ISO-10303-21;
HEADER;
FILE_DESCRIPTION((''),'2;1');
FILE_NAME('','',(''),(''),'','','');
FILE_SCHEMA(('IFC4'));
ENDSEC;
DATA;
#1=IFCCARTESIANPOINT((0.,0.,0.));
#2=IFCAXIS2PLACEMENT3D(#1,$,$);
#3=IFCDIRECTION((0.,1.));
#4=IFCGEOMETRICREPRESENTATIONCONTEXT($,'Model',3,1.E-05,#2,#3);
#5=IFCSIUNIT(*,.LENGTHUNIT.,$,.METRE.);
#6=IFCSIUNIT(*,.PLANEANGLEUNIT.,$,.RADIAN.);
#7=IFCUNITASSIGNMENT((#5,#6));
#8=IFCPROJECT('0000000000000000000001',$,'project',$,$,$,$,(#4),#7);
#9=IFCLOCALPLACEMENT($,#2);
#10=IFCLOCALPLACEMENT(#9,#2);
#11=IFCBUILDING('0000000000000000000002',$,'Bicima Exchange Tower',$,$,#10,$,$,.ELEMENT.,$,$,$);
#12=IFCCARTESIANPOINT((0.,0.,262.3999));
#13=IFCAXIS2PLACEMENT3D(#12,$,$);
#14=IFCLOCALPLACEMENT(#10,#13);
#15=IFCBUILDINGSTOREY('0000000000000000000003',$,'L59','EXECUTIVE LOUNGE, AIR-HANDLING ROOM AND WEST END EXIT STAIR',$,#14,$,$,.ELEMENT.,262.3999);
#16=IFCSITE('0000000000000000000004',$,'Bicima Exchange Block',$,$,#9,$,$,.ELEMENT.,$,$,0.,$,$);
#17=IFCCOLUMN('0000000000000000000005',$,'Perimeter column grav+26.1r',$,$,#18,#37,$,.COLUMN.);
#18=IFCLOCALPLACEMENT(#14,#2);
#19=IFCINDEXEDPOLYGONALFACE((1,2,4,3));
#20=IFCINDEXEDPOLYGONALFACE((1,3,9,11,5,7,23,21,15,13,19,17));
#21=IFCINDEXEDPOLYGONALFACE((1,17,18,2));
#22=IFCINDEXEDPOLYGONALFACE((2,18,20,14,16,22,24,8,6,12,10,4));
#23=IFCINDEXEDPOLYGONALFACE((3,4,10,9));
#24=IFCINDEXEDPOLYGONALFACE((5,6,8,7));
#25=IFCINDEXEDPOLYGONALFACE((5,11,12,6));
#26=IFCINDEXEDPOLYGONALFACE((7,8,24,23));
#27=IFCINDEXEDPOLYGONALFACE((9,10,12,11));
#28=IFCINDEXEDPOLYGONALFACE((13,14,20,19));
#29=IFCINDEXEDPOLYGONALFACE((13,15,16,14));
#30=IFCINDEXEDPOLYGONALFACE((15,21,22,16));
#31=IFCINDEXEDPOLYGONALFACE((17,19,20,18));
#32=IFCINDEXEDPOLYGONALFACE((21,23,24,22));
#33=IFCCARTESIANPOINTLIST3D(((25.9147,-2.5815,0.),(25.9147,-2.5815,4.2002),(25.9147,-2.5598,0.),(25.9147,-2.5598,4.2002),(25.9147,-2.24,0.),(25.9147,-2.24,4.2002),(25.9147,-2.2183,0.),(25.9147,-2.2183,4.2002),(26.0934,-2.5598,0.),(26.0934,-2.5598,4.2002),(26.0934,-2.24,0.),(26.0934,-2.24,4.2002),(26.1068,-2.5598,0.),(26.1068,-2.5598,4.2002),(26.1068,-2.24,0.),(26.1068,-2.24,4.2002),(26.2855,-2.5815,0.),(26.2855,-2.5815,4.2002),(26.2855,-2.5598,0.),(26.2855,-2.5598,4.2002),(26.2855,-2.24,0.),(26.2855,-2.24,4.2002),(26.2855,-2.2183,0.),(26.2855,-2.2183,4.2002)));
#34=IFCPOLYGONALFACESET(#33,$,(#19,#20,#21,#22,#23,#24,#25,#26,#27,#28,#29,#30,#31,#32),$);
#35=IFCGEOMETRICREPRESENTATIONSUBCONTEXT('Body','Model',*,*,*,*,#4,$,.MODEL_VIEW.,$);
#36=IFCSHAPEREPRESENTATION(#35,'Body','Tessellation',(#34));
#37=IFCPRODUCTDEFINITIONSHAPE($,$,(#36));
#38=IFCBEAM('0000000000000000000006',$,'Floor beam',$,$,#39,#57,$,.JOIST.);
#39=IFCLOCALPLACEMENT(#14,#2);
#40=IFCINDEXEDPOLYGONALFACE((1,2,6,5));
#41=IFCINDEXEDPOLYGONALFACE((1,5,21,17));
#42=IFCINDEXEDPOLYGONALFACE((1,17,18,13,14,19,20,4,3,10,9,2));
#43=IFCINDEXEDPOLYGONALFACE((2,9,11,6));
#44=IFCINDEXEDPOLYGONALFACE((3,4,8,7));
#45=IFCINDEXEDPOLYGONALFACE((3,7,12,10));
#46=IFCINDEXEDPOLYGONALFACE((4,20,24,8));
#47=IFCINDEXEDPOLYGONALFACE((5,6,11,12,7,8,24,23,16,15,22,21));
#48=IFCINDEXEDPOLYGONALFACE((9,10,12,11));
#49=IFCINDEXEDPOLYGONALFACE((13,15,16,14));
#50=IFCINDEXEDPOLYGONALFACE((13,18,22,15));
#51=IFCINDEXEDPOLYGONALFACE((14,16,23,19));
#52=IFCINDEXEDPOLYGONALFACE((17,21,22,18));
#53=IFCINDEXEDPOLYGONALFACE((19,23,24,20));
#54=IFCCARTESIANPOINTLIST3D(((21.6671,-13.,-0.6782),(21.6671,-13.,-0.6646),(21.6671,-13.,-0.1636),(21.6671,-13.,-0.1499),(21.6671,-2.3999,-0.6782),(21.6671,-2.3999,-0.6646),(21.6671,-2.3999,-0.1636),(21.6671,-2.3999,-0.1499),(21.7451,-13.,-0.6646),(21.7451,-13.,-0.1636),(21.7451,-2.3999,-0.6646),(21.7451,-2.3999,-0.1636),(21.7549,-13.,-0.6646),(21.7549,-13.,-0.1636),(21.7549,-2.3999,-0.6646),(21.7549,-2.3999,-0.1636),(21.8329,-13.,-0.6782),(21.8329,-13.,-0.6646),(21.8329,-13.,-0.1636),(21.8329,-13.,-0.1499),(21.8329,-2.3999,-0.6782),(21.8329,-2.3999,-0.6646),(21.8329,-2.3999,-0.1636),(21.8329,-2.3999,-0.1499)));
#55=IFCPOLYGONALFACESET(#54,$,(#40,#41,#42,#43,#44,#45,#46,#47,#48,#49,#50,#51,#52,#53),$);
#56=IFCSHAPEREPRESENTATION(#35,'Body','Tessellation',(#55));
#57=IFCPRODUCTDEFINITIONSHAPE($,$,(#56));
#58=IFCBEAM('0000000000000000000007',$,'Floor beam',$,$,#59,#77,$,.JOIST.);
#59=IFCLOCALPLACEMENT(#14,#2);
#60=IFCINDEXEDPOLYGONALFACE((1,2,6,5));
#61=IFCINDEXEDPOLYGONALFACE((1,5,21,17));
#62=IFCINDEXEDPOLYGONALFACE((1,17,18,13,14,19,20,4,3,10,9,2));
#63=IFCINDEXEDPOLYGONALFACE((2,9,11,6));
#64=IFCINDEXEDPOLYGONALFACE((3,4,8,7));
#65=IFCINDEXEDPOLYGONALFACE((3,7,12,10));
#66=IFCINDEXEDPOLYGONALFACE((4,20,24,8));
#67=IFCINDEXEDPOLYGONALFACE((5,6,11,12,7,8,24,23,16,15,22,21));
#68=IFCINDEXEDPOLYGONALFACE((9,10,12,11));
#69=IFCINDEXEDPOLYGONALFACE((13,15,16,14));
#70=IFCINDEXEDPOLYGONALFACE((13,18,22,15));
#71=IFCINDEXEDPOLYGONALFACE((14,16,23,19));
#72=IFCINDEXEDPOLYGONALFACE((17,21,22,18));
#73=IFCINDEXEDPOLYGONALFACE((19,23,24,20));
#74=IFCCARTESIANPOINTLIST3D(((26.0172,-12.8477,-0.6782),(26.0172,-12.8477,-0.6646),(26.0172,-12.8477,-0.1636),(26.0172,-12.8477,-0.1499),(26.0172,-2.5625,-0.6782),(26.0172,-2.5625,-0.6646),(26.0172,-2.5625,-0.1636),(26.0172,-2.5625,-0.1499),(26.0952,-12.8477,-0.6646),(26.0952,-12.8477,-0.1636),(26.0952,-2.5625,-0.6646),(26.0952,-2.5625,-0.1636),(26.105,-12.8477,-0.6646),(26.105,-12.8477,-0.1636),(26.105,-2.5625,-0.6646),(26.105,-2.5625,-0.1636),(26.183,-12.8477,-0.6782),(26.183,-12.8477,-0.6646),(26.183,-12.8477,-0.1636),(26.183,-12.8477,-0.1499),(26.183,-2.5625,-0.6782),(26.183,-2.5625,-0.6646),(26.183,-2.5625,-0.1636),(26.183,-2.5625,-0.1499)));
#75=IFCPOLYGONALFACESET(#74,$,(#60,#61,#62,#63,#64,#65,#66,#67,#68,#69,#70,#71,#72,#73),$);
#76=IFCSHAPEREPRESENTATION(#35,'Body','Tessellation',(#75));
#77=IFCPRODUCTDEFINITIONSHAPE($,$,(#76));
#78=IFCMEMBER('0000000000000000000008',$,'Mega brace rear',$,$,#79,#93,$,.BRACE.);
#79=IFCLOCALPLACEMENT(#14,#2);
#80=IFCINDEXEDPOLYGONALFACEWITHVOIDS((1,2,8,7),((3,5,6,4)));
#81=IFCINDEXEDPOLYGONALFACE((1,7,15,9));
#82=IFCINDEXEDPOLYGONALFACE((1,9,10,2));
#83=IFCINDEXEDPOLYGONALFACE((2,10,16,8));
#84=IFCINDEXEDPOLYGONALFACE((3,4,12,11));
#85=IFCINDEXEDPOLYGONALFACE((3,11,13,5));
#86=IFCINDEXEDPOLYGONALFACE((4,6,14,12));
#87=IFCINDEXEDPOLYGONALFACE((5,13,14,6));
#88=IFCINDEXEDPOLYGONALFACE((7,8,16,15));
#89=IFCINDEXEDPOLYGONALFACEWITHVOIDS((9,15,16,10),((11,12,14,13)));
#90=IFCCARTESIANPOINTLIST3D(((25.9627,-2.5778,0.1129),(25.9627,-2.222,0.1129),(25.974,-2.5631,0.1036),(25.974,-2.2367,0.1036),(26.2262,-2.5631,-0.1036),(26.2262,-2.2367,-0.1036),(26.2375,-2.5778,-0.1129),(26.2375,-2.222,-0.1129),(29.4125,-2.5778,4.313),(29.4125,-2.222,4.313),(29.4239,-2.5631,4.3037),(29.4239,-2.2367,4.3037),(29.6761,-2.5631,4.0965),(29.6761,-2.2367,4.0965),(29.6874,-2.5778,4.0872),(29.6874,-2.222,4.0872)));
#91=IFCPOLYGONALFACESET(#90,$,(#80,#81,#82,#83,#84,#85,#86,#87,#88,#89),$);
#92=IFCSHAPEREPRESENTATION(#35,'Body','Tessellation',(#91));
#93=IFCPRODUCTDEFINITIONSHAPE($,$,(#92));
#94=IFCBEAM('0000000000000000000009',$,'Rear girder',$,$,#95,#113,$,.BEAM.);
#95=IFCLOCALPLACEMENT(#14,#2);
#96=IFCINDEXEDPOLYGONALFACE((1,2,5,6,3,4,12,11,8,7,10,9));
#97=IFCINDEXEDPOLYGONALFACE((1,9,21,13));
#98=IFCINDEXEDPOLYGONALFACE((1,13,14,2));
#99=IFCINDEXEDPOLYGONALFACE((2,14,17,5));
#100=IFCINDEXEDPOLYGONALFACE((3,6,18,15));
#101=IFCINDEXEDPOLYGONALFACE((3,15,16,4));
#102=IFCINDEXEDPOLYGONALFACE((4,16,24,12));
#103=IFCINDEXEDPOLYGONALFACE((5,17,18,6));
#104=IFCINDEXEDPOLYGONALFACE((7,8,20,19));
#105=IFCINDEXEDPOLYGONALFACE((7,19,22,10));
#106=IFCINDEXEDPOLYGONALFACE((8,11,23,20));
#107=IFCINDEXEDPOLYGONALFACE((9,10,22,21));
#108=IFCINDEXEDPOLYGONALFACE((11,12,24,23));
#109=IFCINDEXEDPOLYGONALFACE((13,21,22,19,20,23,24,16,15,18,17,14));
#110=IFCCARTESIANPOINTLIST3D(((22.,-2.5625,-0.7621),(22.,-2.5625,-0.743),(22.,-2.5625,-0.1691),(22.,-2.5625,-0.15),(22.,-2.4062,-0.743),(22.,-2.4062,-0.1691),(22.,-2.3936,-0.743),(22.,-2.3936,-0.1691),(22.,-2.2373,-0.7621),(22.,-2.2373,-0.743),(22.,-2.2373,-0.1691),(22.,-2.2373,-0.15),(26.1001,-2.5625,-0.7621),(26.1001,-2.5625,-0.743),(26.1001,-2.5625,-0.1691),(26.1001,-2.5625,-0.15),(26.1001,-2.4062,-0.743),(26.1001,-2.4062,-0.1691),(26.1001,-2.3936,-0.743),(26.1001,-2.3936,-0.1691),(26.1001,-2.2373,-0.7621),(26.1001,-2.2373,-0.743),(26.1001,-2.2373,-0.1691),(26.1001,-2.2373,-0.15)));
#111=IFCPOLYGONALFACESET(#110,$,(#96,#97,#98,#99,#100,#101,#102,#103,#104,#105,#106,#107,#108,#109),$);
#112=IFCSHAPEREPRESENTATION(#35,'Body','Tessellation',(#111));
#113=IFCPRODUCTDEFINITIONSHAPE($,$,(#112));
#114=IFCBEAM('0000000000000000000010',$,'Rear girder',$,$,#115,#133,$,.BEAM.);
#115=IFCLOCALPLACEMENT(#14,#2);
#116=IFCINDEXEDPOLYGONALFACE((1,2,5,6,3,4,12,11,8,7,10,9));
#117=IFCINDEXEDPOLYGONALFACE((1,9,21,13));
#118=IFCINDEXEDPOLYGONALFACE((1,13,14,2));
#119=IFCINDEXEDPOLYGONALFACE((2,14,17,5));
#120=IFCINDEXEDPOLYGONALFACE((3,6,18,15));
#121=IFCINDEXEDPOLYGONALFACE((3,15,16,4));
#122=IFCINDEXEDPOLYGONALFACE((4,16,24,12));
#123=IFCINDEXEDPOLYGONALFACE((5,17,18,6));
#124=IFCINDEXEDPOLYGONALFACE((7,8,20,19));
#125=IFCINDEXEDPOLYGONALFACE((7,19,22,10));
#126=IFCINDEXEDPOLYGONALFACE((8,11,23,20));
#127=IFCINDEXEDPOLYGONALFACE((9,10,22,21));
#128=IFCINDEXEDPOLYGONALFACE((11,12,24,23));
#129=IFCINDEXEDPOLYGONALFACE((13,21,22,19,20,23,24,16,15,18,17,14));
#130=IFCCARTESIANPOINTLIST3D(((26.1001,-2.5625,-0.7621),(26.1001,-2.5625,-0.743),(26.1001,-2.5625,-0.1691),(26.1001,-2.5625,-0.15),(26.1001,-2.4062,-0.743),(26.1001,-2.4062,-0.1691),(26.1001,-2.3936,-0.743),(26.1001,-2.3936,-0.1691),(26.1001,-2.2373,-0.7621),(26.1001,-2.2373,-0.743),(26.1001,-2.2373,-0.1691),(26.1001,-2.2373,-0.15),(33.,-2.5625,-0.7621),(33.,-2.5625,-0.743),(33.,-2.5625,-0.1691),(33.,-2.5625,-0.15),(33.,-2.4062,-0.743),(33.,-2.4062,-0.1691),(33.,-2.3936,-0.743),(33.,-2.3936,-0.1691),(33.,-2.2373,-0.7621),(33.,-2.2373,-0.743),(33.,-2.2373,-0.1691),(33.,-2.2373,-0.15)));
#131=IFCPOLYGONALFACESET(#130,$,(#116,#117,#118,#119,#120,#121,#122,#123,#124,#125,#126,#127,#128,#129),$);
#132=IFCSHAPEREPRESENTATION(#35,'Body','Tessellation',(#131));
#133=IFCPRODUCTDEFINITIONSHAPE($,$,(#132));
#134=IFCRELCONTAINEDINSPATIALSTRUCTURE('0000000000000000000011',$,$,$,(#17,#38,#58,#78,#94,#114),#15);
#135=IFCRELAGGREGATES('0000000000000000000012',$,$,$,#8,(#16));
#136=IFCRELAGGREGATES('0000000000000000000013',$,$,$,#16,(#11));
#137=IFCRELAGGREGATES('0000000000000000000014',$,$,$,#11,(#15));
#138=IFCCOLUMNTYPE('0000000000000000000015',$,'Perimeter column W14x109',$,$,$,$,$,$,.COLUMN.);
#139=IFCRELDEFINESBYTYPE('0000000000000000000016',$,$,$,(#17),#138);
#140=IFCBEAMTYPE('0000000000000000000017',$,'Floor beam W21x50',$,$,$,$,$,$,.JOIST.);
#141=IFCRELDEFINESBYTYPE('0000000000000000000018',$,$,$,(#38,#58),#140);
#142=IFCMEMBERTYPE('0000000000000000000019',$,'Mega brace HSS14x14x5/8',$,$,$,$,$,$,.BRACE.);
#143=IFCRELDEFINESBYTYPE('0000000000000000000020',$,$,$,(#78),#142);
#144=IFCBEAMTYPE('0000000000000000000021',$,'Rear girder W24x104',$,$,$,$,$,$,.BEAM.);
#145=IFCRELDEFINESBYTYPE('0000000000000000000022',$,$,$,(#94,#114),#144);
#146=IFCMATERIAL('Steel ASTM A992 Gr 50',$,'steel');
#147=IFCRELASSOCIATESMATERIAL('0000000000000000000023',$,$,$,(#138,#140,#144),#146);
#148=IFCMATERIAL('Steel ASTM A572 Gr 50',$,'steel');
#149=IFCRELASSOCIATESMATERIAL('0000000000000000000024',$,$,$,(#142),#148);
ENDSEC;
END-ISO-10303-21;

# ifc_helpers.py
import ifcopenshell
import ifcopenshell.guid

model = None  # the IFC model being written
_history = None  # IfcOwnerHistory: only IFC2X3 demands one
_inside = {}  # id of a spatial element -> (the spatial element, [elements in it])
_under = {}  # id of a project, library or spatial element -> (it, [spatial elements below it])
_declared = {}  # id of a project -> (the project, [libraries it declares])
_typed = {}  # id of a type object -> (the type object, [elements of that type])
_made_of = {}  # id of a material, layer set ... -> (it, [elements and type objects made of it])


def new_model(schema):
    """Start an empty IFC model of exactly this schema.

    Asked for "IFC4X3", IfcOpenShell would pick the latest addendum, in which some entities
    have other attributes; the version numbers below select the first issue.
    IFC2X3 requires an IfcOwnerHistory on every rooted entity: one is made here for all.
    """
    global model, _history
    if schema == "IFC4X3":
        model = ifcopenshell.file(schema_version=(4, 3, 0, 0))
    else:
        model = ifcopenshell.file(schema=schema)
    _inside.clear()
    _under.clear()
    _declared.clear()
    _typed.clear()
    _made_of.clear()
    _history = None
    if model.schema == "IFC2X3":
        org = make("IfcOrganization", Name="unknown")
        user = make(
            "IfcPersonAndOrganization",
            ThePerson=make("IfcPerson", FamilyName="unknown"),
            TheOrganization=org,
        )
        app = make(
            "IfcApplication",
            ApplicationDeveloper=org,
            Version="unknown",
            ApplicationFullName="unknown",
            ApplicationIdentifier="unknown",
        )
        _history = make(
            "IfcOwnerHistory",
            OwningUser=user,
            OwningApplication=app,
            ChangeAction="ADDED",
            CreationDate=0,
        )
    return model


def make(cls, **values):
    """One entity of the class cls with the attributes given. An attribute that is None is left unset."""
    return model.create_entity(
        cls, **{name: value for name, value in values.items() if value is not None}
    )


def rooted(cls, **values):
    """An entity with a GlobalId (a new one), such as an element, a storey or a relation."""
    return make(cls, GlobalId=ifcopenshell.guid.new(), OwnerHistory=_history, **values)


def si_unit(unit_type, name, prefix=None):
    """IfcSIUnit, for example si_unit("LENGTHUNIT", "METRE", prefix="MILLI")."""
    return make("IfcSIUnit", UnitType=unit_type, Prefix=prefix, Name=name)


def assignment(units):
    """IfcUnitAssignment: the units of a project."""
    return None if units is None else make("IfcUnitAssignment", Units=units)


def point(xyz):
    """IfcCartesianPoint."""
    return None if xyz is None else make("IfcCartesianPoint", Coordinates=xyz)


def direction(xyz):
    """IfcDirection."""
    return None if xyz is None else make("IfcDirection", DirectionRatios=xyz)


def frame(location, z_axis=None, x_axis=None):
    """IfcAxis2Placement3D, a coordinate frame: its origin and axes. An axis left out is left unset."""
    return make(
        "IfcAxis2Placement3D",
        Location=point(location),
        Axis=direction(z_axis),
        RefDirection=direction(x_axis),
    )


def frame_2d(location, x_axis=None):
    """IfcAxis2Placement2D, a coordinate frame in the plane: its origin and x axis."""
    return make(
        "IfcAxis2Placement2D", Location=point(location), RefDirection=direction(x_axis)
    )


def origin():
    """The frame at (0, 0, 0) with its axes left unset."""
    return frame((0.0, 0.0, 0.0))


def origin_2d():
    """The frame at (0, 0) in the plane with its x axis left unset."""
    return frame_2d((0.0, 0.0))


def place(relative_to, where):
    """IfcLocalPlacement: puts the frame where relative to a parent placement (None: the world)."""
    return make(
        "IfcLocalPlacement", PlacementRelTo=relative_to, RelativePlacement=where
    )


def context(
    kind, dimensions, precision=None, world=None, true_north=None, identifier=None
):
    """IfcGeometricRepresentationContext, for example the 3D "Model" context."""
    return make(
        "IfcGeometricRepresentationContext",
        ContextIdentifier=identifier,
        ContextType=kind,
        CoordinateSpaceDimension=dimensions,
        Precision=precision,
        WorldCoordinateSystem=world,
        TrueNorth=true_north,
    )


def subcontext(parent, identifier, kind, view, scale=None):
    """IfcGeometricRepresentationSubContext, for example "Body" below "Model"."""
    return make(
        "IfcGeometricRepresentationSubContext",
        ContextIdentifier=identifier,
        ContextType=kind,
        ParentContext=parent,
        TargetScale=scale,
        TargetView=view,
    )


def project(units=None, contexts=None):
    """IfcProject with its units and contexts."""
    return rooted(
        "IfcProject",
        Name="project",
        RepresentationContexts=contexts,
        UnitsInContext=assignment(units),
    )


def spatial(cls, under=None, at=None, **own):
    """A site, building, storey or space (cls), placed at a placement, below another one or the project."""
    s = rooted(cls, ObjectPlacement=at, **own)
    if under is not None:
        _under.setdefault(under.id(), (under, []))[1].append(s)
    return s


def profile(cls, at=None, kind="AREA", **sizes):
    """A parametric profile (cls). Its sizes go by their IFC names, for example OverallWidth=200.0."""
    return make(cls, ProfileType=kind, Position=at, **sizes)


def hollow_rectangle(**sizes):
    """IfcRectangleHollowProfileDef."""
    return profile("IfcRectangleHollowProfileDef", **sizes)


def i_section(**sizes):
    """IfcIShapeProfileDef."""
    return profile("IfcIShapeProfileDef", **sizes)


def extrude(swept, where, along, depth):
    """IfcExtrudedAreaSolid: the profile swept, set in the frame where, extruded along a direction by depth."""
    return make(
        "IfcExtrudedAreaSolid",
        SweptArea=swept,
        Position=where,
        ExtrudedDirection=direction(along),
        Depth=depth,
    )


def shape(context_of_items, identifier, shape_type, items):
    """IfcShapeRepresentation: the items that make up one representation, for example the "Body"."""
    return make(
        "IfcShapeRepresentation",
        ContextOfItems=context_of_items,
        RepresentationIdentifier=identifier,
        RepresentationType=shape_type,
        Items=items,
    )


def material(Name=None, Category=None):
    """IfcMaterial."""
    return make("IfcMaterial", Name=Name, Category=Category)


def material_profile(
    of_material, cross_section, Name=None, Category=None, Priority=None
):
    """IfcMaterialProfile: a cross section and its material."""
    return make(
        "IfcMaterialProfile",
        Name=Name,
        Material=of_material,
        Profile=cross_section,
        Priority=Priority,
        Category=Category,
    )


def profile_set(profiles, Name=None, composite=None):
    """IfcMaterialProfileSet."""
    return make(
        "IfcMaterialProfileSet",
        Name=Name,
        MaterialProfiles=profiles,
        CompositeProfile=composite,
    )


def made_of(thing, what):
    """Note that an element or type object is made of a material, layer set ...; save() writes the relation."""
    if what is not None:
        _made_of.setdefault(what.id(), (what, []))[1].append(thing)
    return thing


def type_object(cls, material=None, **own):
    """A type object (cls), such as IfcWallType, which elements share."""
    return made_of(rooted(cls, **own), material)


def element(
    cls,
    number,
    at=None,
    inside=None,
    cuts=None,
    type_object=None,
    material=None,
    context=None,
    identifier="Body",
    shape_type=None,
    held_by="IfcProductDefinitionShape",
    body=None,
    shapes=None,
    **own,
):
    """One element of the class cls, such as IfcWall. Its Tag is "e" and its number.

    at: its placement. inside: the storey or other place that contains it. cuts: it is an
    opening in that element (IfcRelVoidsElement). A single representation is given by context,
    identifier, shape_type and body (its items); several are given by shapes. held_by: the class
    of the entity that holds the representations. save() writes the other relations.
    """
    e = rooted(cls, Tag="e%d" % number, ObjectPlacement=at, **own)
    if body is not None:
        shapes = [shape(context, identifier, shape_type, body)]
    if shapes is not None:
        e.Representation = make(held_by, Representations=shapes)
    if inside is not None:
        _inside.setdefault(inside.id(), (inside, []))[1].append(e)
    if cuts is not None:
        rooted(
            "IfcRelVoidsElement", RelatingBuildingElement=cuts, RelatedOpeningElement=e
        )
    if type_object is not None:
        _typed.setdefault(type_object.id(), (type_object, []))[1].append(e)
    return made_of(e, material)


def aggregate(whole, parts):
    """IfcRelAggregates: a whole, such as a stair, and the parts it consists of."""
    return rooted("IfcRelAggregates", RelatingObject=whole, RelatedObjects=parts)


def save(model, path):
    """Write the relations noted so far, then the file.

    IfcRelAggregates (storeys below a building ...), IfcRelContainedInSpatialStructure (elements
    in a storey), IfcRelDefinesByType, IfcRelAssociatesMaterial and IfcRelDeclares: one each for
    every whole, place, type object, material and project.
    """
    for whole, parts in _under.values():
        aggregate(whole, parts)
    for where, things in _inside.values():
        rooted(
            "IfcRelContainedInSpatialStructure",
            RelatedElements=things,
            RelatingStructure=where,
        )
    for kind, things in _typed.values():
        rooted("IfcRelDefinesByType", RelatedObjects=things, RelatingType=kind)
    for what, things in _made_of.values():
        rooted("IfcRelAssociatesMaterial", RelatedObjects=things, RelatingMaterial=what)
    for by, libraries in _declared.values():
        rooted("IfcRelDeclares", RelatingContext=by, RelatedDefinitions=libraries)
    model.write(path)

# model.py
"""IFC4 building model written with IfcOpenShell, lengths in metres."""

from ifc_helpers import new_model, si_unit, direction, frame, origin, origin_2d, place, context, subcontext, project, spatial, hollow_rectangle, i_section, extrude, material, material_profile, profile_set, type_object, element, save


model = new_model("IFC4")

# Units and contexts
model_context = context("Model", 3, precision=1e-05, world=origin(), true_north=direction((0.0, 1.0)))
body_context = subcontext(model_context, "Body", "Model", "MODEL_VIEW")
ifc_project = project(units=[si_unit("LENGTHUNIT", "METRE"), si_unit("PLANEANGLEUNIT", "RADIAN")], contexts=[model_context])

# Site, building, storey
site_placement = place(None, origin())
site = spatial("IfcSite", under=ifc_project, at=site_placement, Name="Bicima Exchange Block", CompositionType="ELEMENT", RefElevation=0.0)
building_placement = place(site_placement, origin())
building = spatial("IfcBuilding", under=site, at=building_placement, Name="Bicima Exchange Tower", CompositionType="ELEMENT")
storey_placement = place(building_placement, frame((0.0, 0.0, 262.3999)))
storey = spatial("IfcBuildingStorey", under=building, at=storey_placement, Name="L59", Description="EXECUTIVE LOUNGE, AIR-HANDLING ROOM AND WEST END EXIT STAIR", CompositionType="ELEMENT", Elevation=262.3999)

# Column
ifc_material_1 = material(Name="Steel ASTM A992 Gr 50", Category="steel")
ifc_material_profile_1 = material_profile(ifc_material_1, i_section(OverallWidth=0.3708, OverallDepth=0.3633, WebThickness=0.0134, FlangeThickness=0.0217, at=origin_2d()))
ifc_profile_set_1 = profile_set([ifc_material_profile_1], Name="Steel ASTM A992 Gr 50")
column_type = type_object("IfcColumnType", Name="Perimeter column W14x109", PredefinedType="COLUMN", material=ifc_profile_set_1)
column_placement = place(storey_placement, frame((26.1001, -2.3999, 0.0), z_axis=(0.0, 0.0, 1.0), x_axis=(1.0, 0.0, 0.0)))
element("IfcColumn", 1, at=column_placement, inside=storey, type_object=column_type, Name="Perimeter column grav+26.1r", PredefinedType="COLUMN", context=body_context, shape_type="SweptSolid", body=[
    extrude(i_section(OverallWidth=0.3708, OverallDepth=0.3633, WebThickness=0.0134, FlangeThickness=0.0217, at=origin_2d()), origin(), (0.0, 0.0, 1.0), 4.2002),
])

# Beams
ifc_material_profile_2 = material_profile(ifc_material_1, i_section(OverallWidth=0.1658, OverallDepth=0.5283, WebThickness=0.0098, FlangeThickness=0.0137, at=origin_2d()))
ifc_profile_set_2 = profile_set([ifc_material_profile_2], Name="Steel ASTM A992 Gr 50")
beam_type_1 = type_object("IfcBeamType", Name="Floor beam W21x50", PredefinedType="JOIST", material=ifc_profile_set_2)
beam_1_placement = place(storey_placement, frame((21.75, -2.3999, -0.4141), z_axis=(0.0, -1.0, 0.0), x_axis=(1.0, 0.0, 0.0)))
element("IfcBeam", 2, at=beam_1_placement, inside=storey, type_object=beam_type_1, Name="Floor beam", PredefinedType="JOIST", context=body_context, shape_type="SweptSolid", body=[
    extrude(i_section(OverallWidth=0.1658, OverallDepth=0.5283, WebThickness=0.0098, FlangeThickness=0.0137, at=origin_2d()), origin(), (0.0, 0.0, 1.0), 10.6001),
])
beam_2_placement = place(storey_placement, frame((26.1001, -2.5625, -0.4141), z_axis=(0.0, -1.0, 0.0), x_axis=(1.0, 0.0, 0.0)))
element("IfcBeam", 3, at=beam_2_placement, inside=storey, type_object=beam_type_1, Name="Floor beam", PredefinedType="JOIST", context=body_context, shape_type="SweptSolid", body=[
    extrude(i_section(OverallWidth=0.1658, OverallDepth=0.5283, WebThickness=0.0098, FlangeThickness=0.0137, at=origin_2d()), origin(), (0.0, 0.0, 1.0), 10.2852),
])

# Member
ifc_material_2 = material(Name="Steel ASTM A572 Gr 50", Category="steel")
ifc_material_profile_3 = material_profile(ifc_material_2, hollow_rectangle(XDim=0.3557, YDim=0.3557, WallThickness=0.0146, at=origin_2d()))
ifc_profile_set_3 = profile_set([ifc_material_profile_3], Name="Steel ASTM A572 Gr 50")
member_type = type_object("IfcMemberType", Name="Mega brace HSS14x14x5/8", PredefinedType="BRACE", material=ifc_profile_set_3)
member_placement = place(storey_placement, frame((26.1001, -2.3999, 0.0), z_axis=(0.634716, 0.0, 0.772745), x_axis=(0.0, 1.0, 0.0)))
element("IfcMember", 4, at=member_placement, inside=storey, type_object=member_type, Name="Mega brace rear", PredefinedType="BRACE", context=body_context, shape_type="SweptSolid", body=[
    extrude(hollow_rectangle(XDim=0.3557, YDim=0.3557, WallThickness=0.0146, at=origin_2d()), origin(), (0.0, 0.0, 1.0), 5.4353),
])

# Beams
ifc_material_profile_4 = material_profile(ifc_material_1, i_section(OverallWidth=0.3252, OverallDepth=0.6121, WebThickness=0.0127, FlangeThickness=0.019, at=origin_2d()))
ifc_profile_set_4 = profile_set([ifc_material_profile_4], Name="Steel ASTM A992 Gr 50")
beam_type_2 = type_object("IfcBeamType", Name="Rear girder W24x104", PredefinedType="BEAM", material=ifc_profile_set_4)
beam_3_placement = place(storey_placement, frame((22.0, -2.3999, -0.4561), z_axis=(1.0, 0.0, 0.0), x_axis=(0.0, 1.0, 0.0)))
element("IfcBeam", 5, at=beam_3_placement, inside=storey, type_object=beam_type_2, Name="Rear girder", PredefinedType="BEAM", context=body_context, shape_type="SweptSolid", body=[
    extrude(i_section(OverallWidth=0.3252, OverallDepth=0.6121, WebThickness=0.0127, FlangeThickness=0.019, at=origin_2d()), origin(), (0.0, 0.0, 1.0), 4.1001),
])
beam_4_placement = place(storey_placement, frame((26.1001, -2.3999, -0.4561), z_axis=(1.0, 0.0, 0.0), x_axis=(0.0, 1.0, 0.0)))
element("IfcBeam", 6, at=beam_4_placement, inside=storey, type_object=beam_type_2, Name="Rear girder", PredefinedType="BEAM", context=body_context, shape_type="SweptSolid", body=[
    extrude(i_section(OverallWidth=0.3252, OverallDepth=0.6121, WebThickness=0.0127, FlangeThickness=0.019, at=origin_2d()), origin(), (0.0, 0.0, 1.0), 6.8999),
])

save(model, "model.ifc")
